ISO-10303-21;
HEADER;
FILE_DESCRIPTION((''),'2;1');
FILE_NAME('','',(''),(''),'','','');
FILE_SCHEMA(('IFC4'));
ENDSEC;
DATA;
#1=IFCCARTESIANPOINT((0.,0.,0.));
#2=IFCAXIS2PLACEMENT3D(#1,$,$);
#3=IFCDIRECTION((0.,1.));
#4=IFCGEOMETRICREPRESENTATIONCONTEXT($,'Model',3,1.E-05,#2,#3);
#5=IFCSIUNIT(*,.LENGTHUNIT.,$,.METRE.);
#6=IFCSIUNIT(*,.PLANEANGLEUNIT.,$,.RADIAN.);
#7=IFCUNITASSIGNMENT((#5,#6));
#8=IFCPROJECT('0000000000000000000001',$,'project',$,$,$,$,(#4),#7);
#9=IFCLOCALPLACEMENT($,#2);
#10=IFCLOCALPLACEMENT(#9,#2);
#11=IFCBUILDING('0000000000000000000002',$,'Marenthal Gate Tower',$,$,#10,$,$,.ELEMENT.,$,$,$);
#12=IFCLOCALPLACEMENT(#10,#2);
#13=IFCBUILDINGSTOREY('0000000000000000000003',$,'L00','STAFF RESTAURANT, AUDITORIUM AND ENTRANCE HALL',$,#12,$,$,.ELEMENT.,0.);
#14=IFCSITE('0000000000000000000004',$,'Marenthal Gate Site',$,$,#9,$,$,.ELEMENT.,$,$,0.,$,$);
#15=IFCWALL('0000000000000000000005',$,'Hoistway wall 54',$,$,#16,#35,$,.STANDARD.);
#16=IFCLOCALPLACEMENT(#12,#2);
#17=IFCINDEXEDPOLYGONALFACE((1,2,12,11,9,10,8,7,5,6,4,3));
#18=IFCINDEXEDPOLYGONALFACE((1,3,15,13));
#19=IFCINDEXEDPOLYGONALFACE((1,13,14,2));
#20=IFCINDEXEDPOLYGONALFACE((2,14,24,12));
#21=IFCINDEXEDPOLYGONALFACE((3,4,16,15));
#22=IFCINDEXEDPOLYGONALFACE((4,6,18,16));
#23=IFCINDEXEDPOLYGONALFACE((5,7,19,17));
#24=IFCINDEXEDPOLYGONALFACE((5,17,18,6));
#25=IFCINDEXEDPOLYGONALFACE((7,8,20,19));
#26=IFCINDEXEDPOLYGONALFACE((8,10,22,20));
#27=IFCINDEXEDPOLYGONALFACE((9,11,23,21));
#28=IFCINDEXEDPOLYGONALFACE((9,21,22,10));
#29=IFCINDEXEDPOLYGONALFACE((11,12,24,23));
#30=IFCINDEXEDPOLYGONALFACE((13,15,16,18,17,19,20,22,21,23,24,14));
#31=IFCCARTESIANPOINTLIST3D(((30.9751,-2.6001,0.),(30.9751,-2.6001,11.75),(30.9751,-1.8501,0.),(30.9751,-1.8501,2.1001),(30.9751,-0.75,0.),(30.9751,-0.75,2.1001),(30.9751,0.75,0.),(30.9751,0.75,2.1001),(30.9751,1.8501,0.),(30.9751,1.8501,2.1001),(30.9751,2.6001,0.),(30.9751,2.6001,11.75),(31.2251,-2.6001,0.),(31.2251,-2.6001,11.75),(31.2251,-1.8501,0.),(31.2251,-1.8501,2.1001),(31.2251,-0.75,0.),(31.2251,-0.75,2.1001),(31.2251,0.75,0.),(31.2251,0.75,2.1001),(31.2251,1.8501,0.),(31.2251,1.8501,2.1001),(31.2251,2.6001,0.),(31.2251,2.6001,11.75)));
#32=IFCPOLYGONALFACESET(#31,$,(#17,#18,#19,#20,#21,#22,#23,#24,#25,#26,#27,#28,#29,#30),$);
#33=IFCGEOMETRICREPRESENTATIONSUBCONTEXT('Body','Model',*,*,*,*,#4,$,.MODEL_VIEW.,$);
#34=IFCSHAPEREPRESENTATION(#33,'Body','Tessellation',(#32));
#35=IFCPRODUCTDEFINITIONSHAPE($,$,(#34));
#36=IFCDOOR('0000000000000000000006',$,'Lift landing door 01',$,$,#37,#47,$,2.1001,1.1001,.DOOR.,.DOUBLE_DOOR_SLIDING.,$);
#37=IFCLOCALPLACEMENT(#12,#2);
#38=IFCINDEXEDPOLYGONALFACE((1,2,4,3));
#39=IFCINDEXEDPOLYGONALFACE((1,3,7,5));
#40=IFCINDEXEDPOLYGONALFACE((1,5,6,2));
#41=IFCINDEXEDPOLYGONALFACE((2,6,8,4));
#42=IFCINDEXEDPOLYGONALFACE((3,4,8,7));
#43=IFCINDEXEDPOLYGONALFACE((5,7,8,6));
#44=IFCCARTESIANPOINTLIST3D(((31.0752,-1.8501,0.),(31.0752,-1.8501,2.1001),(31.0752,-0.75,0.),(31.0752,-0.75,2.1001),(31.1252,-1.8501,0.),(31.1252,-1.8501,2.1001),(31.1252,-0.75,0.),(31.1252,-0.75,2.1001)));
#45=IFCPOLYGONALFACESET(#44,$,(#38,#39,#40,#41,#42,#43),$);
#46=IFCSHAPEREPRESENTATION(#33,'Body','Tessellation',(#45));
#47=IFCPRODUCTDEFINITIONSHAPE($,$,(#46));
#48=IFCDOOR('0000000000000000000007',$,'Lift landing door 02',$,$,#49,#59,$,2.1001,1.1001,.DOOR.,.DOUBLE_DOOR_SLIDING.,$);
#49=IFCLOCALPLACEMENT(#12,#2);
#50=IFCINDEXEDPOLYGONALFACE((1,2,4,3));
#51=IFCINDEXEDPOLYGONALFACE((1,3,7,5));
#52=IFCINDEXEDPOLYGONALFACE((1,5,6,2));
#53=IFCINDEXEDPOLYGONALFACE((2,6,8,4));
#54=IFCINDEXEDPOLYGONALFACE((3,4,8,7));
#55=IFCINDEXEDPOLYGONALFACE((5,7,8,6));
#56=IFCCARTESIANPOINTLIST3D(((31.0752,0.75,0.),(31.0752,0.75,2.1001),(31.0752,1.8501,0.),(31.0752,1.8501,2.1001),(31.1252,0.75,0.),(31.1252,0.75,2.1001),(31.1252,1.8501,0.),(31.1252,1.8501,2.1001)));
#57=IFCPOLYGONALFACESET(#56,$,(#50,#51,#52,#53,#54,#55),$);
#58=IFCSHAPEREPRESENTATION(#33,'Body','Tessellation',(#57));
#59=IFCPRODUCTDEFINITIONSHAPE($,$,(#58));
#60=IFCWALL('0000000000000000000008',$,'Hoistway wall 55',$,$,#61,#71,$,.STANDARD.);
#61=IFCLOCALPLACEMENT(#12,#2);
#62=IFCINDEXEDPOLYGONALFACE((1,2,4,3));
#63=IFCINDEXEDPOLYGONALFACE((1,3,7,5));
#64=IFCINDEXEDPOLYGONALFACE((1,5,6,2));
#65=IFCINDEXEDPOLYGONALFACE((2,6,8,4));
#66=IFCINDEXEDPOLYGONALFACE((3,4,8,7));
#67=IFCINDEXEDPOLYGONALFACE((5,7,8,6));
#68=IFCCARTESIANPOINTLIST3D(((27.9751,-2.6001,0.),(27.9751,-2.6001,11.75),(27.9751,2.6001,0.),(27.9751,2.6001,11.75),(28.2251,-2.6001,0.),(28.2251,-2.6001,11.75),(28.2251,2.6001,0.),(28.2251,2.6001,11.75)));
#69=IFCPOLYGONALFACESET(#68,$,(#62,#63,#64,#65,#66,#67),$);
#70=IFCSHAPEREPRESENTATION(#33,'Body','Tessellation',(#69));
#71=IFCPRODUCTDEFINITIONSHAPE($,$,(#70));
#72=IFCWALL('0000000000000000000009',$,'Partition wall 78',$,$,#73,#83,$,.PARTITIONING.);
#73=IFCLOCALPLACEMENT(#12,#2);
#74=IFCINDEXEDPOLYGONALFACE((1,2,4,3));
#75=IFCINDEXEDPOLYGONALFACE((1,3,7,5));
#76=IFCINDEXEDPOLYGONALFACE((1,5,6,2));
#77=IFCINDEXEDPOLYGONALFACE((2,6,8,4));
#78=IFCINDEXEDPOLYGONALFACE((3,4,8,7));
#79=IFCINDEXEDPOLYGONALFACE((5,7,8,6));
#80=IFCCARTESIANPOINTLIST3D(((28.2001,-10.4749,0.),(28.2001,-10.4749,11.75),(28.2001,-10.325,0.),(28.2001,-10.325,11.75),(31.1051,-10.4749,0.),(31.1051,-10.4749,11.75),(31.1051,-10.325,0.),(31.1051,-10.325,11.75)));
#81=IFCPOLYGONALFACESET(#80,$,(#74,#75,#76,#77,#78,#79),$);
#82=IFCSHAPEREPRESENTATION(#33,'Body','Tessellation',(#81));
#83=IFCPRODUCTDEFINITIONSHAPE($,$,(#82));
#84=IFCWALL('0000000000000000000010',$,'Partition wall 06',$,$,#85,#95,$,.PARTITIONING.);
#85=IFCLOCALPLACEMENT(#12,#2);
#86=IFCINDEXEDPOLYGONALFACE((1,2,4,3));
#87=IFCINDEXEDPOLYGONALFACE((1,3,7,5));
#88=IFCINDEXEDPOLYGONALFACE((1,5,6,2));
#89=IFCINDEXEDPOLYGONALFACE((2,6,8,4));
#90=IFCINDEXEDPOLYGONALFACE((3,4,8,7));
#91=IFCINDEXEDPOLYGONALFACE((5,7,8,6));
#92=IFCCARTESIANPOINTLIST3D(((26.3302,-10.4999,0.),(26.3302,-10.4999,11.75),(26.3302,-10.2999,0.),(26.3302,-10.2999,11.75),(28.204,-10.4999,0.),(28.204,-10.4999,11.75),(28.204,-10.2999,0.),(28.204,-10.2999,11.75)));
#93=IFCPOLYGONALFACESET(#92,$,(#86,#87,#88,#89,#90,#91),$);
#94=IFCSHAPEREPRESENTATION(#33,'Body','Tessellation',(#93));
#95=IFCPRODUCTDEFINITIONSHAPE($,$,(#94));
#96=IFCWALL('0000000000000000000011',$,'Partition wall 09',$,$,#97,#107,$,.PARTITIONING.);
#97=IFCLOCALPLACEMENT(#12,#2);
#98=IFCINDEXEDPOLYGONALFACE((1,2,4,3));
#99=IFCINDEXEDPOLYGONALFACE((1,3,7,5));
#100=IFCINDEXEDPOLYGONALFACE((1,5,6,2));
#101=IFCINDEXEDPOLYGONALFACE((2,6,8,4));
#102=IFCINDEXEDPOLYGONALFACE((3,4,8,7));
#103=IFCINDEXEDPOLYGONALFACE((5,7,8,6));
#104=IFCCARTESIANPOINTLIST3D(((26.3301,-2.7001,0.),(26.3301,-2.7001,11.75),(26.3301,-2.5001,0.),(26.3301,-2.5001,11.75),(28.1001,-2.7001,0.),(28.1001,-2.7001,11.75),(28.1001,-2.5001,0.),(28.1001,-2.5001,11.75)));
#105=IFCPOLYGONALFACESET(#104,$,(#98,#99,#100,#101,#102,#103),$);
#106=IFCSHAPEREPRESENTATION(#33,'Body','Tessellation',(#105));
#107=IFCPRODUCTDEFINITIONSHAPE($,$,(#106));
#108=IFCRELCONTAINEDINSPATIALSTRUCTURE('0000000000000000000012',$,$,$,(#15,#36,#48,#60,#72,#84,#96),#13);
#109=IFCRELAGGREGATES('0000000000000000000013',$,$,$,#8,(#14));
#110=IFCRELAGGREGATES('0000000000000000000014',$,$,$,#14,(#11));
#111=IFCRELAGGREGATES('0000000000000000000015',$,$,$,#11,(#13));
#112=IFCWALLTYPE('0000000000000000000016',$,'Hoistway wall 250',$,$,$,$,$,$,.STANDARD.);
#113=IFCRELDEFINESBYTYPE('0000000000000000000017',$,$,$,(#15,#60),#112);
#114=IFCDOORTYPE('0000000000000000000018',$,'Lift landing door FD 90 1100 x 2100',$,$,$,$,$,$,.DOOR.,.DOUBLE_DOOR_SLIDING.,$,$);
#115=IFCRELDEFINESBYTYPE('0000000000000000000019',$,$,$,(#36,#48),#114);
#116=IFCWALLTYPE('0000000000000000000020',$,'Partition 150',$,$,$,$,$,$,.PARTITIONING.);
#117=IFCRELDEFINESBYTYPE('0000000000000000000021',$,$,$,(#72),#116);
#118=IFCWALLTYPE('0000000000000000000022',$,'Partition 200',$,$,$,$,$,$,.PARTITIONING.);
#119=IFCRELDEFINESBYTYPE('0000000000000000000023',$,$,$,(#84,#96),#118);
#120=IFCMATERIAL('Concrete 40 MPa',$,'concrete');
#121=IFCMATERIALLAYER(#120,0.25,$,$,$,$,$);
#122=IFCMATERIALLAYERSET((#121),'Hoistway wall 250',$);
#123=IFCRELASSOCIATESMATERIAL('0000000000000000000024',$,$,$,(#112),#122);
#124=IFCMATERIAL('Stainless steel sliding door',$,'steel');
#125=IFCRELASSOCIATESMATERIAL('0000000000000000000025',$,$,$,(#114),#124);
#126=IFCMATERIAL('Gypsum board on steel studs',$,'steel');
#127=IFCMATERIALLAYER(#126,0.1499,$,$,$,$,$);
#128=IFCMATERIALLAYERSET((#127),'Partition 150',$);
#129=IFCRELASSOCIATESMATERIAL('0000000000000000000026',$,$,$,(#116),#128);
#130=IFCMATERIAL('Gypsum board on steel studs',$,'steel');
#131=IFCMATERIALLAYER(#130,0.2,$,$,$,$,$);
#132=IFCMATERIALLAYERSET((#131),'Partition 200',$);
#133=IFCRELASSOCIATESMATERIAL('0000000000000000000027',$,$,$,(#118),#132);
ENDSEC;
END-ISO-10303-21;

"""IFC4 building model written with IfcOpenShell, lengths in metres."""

from ifc_helpers import new_model, si_unit, direction, frame, frame_2d, origin, place, context, subcontext, project, spatial, rectangle, extrude, material, layer, layer_set, type_object, element, fill, save


model = new_model("IFC4")

# Units and contexts
model_context = context("Model", 3, precision=1e-05, world=origin(), true_north=direction((0.0, 1.0)))
body_context = subcontext(model_context, "Body", "Model", "MODEL_VIEW")
ifc_project = project(units=[si_unit("LENGTHUNIT", "METRE"), si_unit("PLANEANGLEUNIT", "RADIAN")], contexts=[model_context])

# Site, building, storey
site_placement = place(None, origin())
site = spatial("IfcSite", under=ifc_project, at=site_placement, Name="Marenthal Gate Site", CompositionType="ELEMENT", RefElevation=0.0)
building_placement = place(site_placement, origin())
building = spatial("IfcBuilding", under=site, at=building_placement, Name="Marenthal Gate Tower", CompositionType="ELEMENT")
storey_placement = place(building_placement, origin())
storey = spatial("IfcBuildingStorey", under=building, at=storey_placement, Name="L00", Description="STAFF RESTAURANT, AUDITORIUM AND ENTRANCE HALL", CompositionType="ELEMENT", Elevation=0.0)

# Shared definitions
ifc_material_1 = material(Name="Concrete 40 MPa", Category="concrete")
ifc_layer_1 = layer(ifc_material_1, 0.25)
ifc_layer_set_1 = layer_set([ifc_layer_1], Name="Hoistway wall 250")
wall_type_1 = type_object("IfcWallType", Name="Hoistway wall 250", PredefinedType="STANDARD", material=ifc_layer_set_1)

# Wall, openings, doors
wall_1_placement = place(storey_placement, frame((31.1001, -2.6001, 0.0), z_axis=(0.0, 0.0, 1.0), x_axis=(0.0, 1.0, 0.0)))
wall_1 = element("IfcWall", 1, at=wall_1_placement, inside=storey, type_object=wall_type_1, Name="Hoistway wall 54", PredefinedType="STANDARD", context=body_context, shape_type="SweptSolid", body=[
    extrude(rectangle(XDim=5.2002, YDim=0.25, at=frame_2d((2.6001, 0.0))), origin(), (0.0, 0.0, 1.0), 11.75),
])
opening_1_placement = place(wall_1_placement, frame((0.75, 0.0, 0.0)))
opening_1 = element("IfcOpeningElement", 2, at=opening_1_placement, cuts=wall_1, PredefinedType="OPENING", context=body_context, shape_type="SweptSolid", body=[
    extrude(rectangle(XDim=1.1001, YDim=2.1001, at=frame_2d((0.55, 1.05))), frame((0.0, 0.135, 0.0), z_axis=(0.0, -1.0, 0.0), x_axis=(1.0, 0.0, 0.0)), (0.0, 0.0, 1.0), 0.27),
])
opening_2_placement = place(wall_1_placement, frame((3.3501, 0.0, 0.0)))
opening_2 = element("IfcOpeningElement", 3, at=opening_2_placement, cuts=wall_1, PredefinedType="OPENING", context=body_context, shape_type="SweptSolid", body=[
    extrude(rectangle(XDim=1.1001, YDim=2.1001, at=frame_2d((0.55, 1.05))), frame((0.0, 0.135, 0.0), z_axis=(0.0, -1.0, 0.0), x_axis=(1.0, 0.0, 0.0)), (0.0, 0.0, 1.0), 0.27),
])
ifc_material_2 = material(Name="Stainless steel sliding door", Category="steel")
door_type_1 = type_object("IfcDoorType", Name="Lift landing door FD 90 1100 x 2100", OperationType="DOUBLE_DOOR_SLIDING", PredefinedType="DOOR", material=ifc_material_2)
door_1_placement = place(opening_1_placement, origin())
door_1 = element("IfcDoor", 4, at=door_1_placement, inside=storey, type_object=door_type_1, Name="Lift landing door 01", OperationType="DOUBLE_DOOR_SLIDING", OverallHeight=2.1001, OverallWidth=1.1001, PredefinedType="DOOR", context=body_context, shape_type="SweptSolid", body=[
    extrude(rectangle(XDim=1.1001, YDim=2.1001, at=frame_2d((0.55, 1.05))), frame((0.0, 0.0249, 0.0), z_axis=(0.0, -1.0, 0.0), x_axis=(1.0, 0.0, 0.0)), (0.0, 0.0, 1.0), 0.05),
])
fill(opening_1, door_1)
door_2_placement = place(opening_2_placement, origin())
door_2 = element("IfcDoor", 5, at=door_2_placement, inside=storey, type_object=door_type_1, Name="Lift landing door 02", OperationType="DOUBLE_DOOR_SLIDING", OverallHeight=2.1001, OverallWidth=1.1001, PredefinedType="DOOR", context=body_context, shape_type="SweptSolid", body=[
    extrude(rectangle(XDim=1.1001, YDim=2.1001, at=frame_2d((0.55, 1.05))), frame((0.0, 0.0249, 0.0), z_axis=(0.0, -1.0, 0.0), x_axis=(1.0, 0.0, 0.0)), (0.0, 0.0, 1.0), 0.05),
])
fill(opening_2, door_2)

# Walls
wall_2_placement = place(storey_placement, frame((28.1001, -2.6001, 0.0), z_axis=(0.0, 0.0, 1.0), x_axis=(0.0, 1.0, 0.0)))
element("IfcWall", 6, at=wall_2_placement, inside=storey, type_object=wall_type_1, Name="Hoistway wall 55", PredefinedType="STANDARD", context=body_context, shape_type="SweptSolid", body=[
    extrude(rectangle(XDim=5.2002, YDim=0.25, at=frame_2d((2.6001, 0.0))), origin(), (0.0, 0.0, 1.0), 11.75),
])
ifc_material_3 = material(Name="Gypsum board on steel studs", Category="steel")
ifc_layer_2 = layer(ifc_material_3, 0.1499)
ifc_layer_set_2 = layer_set([ifc_layer_2], Name="Partition 150")
wall_type_2 = type_object("IfcWallType", Name="Partition 150", PredefinedType="PARTITIONING", material=ifc_layer_set_2)
wall_3_placement = place(storey_placement, frame((28.2, -10.3999, 0.0), z_axis=(0.0, 0.0, 1.0), x_axis=(1.0, 0.0, 0.0)))
element("IfcWall", 7, at=wall_3_placement, inside=storey, type_object=wall_type_2, Name="Partition wall 78", PredefinedType="PARTITIONING", context=body_context, shape_type="SweptSolid", body=[
    extrude(rectangle(XDim=2.905, YDim=0.1499, at=frame_2d((1.4526, 0.0))), origin(), (0.0, 0.0, 1.0), 11.75),
])
ifc_material_4 = material(Name="Gypsum board on steel studs", Category="steel")
ifc_layer_3 = layer(ifc_material_4, 0.2)
ifc_layer_set_3 = layer_set([ifc_layer_3], Name="Partition 200")
wall_type_3 = type_object("IfcWallType", Name="Partition 200", PredefinedType="PARTITIONING", material=ifc_layer_set_3)
wall_4_placement = place(storey_placement, frame((26.3301, -10.3999, 0.0), z_axis=(0.0, 0.0, 1.0), x_axis=(1.0, 0.0, 0.0)))
element("IfcWall", 8, at=wall_4_placement, inside=storey, type_object=wall_type_3, Name="Partition wall 06", PredefinedType="PARTITIONING", context=body_context, shape_type="SweptSolid", body=[
    extrude(rectangle(XDim=1.8738, YDim=0.2, at=frame_2d((0.937, 0.0))), origin(), (0.0, 0.0, 1.0), 11.75),
])
wall_5_placement = place(storey_placement, frame((26.3301, -2.6001, 0.0), z_axis=(0.0, 0.0, 1.0), x_axis=(1.0, 0.0, 0.0)))
element("IfcWall", 9, at=wall_5_placement, inside=storey, type_object=wall_type_3, Name="Partition wall 09", PredefinedType="PARTITIONING", context=body_context, shape_type="SweptSolid", body=[
    extrude(rectangle(XDim=1.77, YDim=0.2, at=frame_2d((0.885, 0.0))), origin(), (0.0, 0.0, 1.0), 11.75),
])

save(model, "model.ifc")
